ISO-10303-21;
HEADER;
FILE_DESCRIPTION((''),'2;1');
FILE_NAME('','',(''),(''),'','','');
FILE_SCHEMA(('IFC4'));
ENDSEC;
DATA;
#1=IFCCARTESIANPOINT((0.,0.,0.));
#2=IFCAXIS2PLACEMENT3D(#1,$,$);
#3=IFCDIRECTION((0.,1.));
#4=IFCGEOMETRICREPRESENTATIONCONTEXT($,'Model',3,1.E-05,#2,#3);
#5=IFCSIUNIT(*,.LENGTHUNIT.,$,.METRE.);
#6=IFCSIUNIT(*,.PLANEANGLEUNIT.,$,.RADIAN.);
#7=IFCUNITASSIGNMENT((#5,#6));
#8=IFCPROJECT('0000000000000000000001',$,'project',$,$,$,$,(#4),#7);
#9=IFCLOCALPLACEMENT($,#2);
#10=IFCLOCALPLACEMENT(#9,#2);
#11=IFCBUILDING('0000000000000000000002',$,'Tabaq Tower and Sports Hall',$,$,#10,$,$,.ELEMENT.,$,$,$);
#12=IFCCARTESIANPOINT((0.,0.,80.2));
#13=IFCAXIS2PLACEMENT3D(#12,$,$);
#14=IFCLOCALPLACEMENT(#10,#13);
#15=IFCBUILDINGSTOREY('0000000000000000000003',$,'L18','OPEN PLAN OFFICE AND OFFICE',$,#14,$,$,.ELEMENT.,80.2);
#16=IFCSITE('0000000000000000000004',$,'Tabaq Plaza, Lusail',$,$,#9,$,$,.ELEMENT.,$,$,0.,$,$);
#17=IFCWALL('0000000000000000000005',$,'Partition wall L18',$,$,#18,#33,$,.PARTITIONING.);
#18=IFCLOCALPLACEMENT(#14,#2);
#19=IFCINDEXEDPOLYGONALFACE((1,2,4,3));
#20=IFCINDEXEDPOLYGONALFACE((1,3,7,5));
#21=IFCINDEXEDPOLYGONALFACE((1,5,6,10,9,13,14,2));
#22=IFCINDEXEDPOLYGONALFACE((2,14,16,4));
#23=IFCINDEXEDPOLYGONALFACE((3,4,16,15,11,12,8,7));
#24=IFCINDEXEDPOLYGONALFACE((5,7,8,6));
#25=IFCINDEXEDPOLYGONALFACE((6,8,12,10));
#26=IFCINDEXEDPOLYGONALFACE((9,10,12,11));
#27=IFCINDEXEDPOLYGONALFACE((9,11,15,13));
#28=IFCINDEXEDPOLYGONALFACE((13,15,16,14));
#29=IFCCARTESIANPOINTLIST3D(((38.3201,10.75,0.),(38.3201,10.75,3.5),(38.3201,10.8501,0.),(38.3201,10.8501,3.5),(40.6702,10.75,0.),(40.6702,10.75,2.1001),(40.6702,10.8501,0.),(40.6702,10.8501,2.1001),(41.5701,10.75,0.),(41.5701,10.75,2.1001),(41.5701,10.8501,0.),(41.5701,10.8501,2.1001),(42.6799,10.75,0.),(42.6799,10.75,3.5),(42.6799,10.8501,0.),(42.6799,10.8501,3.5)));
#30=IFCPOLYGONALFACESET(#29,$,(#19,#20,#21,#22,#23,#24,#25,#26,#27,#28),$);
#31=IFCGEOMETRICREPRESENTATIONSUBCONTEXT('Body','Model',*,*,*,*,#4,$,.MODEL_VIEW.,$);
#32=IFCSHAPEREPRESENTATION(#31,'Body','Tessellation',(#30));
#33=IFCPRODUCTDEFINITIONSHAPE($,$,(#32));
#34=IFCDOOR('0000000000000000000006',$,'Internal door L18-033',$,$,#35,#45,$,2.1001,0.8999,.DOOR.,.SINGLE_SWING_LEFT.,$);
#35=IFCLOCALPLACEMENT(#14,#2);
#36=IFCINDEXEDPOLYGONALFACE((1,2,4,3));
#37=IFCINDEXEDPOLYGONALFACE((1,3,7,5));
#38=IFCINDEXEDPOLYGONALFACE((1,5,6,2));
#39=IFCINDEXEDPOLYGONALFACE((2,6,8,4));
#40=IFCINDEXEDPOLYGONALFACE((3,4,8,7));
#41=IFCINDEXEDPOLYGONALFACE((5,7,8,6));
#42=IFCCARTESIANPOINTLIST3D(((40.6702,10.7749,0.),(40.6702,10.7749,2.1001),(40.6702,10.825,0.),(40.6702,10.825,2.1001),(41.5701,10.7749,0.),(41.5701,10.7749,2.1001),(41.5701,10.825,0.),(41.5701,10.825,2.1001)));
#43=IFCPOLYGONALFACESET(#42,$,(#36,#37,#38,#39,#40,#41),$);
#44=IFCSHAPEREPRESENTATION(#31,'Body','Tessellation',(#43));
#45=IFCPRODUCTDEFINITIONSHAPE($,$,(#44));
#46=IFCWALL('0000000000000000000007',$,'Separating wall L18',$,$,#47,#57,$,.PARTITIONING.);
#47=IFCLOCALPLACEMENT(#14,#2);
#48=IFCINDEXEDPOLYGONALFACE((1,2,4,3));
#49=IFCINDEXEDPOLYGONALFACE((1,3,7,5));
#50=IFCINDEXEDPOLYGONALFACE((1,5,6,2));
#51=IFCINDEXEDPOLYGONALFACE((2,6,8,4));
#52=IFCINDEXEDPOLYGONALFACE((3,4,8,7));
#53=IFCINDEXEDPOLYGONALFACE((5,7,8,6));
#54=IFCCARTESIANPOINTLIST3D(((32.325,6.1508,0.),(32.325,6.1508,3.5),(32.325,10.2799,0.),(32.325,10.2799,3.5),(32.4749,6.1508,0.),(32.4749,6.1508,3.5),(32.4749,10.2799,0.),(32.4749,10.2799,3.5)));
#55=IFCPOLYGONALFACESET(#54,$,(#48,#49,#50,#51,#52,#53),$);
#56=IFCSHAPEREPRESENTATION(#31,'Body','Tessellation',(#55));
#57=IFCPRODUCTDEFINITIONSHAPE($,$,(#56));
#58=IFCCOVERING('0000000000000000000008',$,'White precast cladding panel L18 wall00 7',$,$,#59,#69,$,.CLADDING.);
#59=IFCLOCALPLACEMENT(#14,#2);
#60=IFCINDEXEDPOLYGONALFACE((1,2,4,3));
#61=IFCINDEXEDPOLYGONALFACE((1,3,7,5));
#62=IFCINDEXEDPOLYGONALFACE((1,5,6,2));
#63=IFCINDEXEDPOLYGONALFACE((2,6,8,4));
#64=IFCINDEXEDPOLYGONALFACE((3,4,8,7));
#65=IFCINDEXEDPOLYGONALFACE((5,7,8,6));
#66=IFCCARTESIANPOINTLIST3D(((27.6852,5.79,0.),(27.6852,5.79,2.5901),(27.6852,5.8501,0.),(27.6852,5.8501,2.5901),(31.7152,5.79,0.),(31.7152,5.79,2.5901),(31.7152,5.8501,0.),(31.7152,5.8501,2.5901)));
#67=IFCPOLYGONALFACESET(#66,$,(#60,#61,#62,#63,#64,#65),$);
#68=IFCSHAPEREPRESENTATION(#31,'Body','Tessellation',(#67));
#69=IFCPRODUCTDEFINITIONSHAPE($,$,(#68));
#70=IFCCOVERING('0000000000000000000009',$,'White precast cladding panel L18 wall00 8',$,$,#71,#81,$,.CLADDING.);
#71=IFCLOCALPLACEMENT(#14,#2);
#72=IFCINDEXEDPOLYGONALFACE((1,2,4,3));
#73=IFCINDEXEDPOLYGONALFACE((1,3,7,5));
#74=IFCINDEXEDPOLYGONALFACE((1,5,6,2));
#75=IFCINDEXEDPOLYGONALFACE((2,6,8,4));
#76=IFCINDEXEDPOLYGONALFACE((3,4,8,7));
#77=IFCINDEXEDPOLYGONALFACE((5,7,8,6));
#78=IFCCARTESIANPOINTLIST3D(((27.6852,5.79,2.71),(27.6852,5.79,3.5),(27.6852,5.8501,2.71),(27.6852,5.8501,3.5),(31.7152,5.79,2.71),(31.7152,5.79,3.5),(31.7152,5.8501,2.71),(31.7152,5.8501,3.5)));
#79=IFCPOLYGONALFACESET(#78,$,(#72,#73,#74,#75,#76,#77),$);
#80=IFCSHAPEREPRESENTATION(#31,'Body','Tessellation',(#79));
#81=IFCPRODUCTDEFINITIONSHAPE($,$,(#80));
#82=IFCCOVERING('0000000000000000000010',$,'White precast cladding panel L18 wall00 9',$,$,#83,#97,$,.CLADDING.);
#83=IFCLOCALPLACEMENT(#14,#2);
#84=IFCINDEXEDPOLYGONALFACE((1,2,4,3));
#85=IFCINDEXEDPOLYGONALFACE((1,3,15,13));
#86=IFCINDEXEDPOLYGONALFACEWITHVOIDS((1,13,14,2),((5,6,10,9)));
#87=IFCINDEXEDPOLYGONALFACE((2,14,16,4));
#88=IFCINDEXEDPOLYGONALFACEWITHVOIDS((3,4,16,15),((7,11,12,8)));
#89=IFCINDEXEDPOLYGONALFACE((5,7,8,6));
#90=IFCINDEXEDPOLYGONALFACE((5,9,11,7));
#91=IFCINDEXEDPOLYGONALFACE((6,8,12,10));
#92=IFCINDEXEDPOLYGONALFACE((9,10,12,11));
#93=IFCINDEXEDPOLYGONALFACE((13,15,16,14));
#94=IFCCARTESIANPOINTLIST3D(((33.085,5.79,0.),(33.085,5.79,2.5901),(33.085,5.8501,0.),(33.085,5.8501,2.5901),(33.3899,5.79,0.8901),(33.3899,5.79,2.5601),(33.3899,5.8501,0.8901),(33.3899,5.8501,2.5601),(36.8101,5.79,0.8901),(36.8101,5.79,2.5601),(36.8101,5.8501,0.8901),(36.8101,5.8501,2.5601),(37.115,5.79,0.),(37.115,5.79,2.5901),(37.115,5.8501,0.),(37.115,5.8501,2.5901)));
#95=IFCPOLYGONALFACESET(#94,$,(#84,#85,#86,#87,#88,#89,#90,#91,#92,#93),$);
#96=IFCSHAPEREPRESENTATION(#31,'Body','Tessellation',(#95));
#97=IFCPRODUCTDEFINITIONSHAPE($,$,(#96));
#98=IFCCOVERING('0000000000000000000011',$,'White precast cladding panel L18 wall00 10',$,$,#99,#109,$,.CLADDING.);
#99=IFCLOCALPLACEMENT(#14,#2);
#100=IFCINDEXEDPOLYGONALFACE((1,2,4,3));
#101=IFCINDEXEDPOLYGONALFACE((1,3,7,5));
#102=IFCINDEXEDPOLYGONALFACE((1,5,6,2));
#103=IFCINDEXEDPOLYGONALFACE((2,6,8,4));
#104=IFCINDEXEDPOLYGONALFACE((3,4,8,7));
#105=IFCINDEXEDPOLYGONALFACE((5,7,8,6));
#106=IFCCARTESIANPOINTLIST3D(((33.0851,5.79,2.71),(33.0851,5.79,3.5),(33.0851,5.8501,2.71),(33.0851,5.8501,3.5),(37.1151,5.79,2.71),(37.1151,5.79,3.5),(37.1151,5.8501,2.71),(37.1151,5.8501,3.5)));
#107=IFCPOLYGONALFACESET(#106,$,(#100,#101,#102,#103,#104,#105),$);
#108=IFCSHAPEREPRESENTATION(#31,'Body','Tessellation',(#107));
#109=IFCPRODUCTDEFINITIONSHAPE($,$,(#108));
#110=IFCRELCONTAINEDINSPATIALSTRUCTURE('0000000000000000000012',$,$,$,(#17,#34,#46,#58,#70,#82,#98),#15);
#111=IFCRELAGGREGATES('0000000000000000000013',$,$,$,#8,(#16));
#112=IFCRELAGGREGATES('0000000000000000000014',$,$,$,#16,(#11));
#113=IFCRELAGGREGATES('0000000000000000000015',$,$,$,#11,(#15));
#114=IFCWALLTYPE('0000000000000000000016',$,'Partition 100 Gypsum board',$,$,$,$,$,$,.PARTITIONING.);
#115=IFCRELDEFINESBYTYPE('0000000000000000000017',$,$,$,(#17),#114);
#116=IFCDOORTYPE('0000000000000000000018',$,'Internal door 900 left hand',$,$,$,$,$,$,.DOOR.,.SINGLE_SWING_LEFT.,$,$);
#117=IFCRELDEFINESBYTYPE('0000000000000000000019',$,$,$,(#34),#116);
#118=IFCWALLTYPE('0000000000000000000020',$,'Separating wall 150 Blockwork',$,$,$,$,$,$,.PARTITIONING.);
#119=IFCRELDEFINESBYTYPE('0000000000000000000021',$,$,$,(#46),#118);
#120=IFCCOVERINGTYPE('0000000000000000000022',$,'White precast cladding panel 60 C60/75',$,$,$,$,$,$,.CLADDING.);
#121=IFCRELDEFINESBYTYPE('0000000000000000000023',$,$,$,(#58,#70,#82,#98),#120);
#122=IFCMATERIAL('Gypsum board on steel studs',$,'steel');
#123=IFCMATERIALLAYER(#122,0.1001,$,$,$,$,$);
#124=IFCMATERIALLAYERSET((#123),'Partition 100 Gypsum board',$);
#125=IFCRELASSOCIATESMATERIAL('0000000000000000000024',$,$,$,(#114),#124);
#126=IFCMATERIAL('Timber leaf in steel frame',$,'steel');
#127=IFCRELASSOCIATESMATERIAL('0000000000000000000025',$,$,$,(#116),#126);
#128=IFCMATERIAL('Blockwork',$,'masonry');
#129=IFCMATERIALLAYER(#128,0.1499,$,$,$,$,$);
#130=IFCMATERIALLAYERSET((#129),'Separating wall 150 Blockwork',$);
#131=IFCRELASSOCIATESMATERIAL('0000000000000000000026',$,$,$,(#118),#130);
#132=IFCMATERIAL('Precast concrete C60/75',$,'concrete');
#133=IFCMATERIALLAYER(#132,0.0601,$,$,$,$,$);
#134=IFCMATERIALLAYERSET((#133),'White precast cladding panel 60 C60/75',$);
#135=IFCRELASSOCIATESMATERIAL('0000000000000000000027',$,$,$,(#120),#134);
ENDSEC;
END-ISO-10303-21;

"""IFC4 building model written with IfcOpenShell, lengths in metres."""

from ifc_helpers import new_model, si_unit, direction, frame, frame_2d, origin, place, context, subcontext, project, spatial, polyline, rectangle, outline, extrude, material, layer, layer_set, type_object, element, fill, save


model = new_model("IFC4")

# Units and contexts
model_context = context("Model", 3, precision=1e-05, world=origin(), true_north=direction((0.0, 1.0)))
body_context = subcontext(model_context, "Body", "Model", "MODEL_VIEW")
ifc_project = project(units=[si_unit("LENGTHUNIT", "METRE"), si_unit("PLANEANGLEUNIT", "RADIAN")], contexts=[model_context])

# Site, building, storey
site_placement = place(None, origin())
site = spatial("IfcSite", under=ifc_project, at=site_placement, Name="Tabaq Plaza, Lusail", CompositionType="ELEMENT", RefElevation=0.0)
building_placement = place(site_placement, origin())
building = spatial("IfcBuilding", under=site, at=building_placement, Name="Tabaq Tower and Sports Hall", CompositionType="ELEMENT")
storey_placement = place(building_placement, frame((0.0, 0.0, 80.2)))
storey = spatial("IfcBuildingStorey", under=building, at=storey_placement, Name="L18", Description="OPEN PLAN OFFICE AND OFFICE", CompositionType="ELEMENT", Elevation=80.2)

# Shared definitions
ifc_material_1 = material(Name="Gypsum board on steel studs", Category="steel")
ifc_layer_1 = layer(ifc_material_1, 0.1001)
ifc_layer_set_1 = layer_set([ifc_layer_1], Name="Partition 100 Gypsum board")
wall_type_1 = type_object("IfcWallType", Name="Partition 100 Gypsum board", PredefinedType="PARTITIONING", material=ifc_layer_set_1)

# Wall, opening, door
wall_1_placement = place(storey_placement, frame((38.3201, 10.8, 0.0), z_axis=(0.0, 0.0, 1.0), x_axis=(1.0, 0.0, 0.0)))
wall_1 = element("IfcWall", 1, at=wall_1_placement, inside=storey, type_object=wall_type_1, Name="Partition wall L18", PredefinedType="PARTITIONING", context=body_context, shape_type="SweptSolid", body=[
    extrude(rectangle(XDim=4.3599, YDim=0.1001, at=frame_2d((2.1799, 0.0))), origin(), (0.0, 0.0, 1.0), 3.5),
])
opening_1_placement = place(wall_1_placement, frame((2.3501, 0.0, 0.0)))
opening_1 = element("IfcOpeningElement", 2, at=opening_1_placement, cuts=wall_1, PredefinedType="OPENING", context=body_context, shape_type="SweptSolid", body=[
    extrude(rectangle(XDim=0.8999, YDim=2.1001, at=frame_2d((0.45, 1.05))), frame((0.0, 0.05, 0.0), z_axis=(0.0, -1.0, 0.0), x_axis=(1.0, 0.0, 0.0)), (0.0, 0.0, 1.0), 0.1001),
])
ifc_material_2 = material(Name="Timber leaf in steel frame", Category="steel")
door_type_1 = type_object("IfcDoorType", Name="Internal door 900 left hand", OperationType="SINGLE_SWING_LEFT", PredefinedType="DOOR", material=ifc_material_2)
door_1_placement = place(opening_1_placement, origin())
door_1 = element("IfcDoor", 3, at=door_1_placement, inside=storey, type_object=door_type_1, Name="Internal door L18-033", OperationType="SINGLE_SWING_LEFT", OverallHeight=2.1001, OverallWidth=0.8999, PredefinedType="DOOR", context=body_context, shape_type="SweptSolid", body=[
    extrude(rectangle(XDim=0.8999, YDim=2.1001, at=frame_2d((0.45, 1.05))), frame((0.0, 0.0249, 0.0), z_axis=(0.0, -1.0, 0.0), x_axis=(1.0, 0.0, 0.0)), (0.0, 0.0, 1.0), 0.05),
])
fill(opening_1, door_1)

# Wall
ifc_material_3 = material(Name="Blockwork", Category="masonry")
ifc_layer_2 = layer(ifc_material_3, 0.1499)
ifc_layer_set_2 = layer_set([ifc_layer_2], Name="Separating wall 150 Blockwork")
wall_type_2 = type_object("IfcWallType", Name="Separating wall 150 Blockwork", PredefinedType="PARTITIONING", material=ifc_layer_set_2)
wall_2_placement = place(storey_placement, frame((32.3999, 6.1509, 0.0), z_axis=(0.0, 0.0, 1.0), x_axis=(0.0, 1.0, 0.0)))
element("IfcWall", 4, at=wall_2_placement, inside=storey, type_object=wall_type_2, Name="Separating wall L18", PredefinedType="PARTITIONING", context=body_context, shape_type="SweptSolid", body=[
    extrude(rectangle(XDim=4.1292, YDim=0.1499, at=frame_2d((2.0645, 0.0))), origin(), (0.0, 0.0, 1.0), 3.5),
])

# Coverings
ifc_material_4 = material(Name="Precast concrete C60/75", Category="concrete")
ifc_layer_3 = layer(ifc_material_4, 0.0601)
ifc_layer_set_3 = layer_set([ifc_layer_3], Name="White precast cladding panel 60 C60/75")
covering_type = type_object("IfcCoveringType", Name="White precast cladding panel 60 C60/75", PredefinedType="CLADDING", material=ifc_layer_set_3)
covering_1_placement = place(storey_placement, frame((27.6851, 5.8201, 0.0), z_axis=(0.0, 0.0, 1.0), x_axis=(1.0, 0.0, 0.0)))
element("IfcCovering", 5, at=covering_1_placement, inside=storey, type_object=covering_type, Name="White precast cladding panel L18 wall00 7", PredefinedType="CLADDING", context=body_context, shape_type="SweptSolid", body=[
    extrude(rectangle(XDim=4.03, YDim=0.0601, at=frame_2d((2.0151, 0.0))), origin(), (0.0, 0.0, 1.0), 2.5901),
])
covering_2_placement = place(storey_placement, frame((27.6851, 5.8201, 2.71), z_axis=(0.0, 0.0, 1.0), x_axis=(1.0, 0.0, 0.0)))
element("IfcCovering", 6, at=covering_2_placement, inside=storey, type_object=covering_type, Name="White precast cladding panel L18 wall00 8", PredefinedType="CLADDING", context=body_context, shape_type="SweptSolid", body=[
    extrude(rectangle(XDim=4.03, YDim=0.0601, at=frame_2d((2.0151, 0.0))), origin(), (0.0, 0.0, 1.0), 0.79),
])
covering_3_placement = place(storey_placement, frame((33.085, 5.8201, 0.0), z_axis=(0.0, 0.0, 1.0), x_axis=(1.0, 0.0, 0.0)))
element("IfcCovering", 7, at=covering_3_placement, inside=storey, type_object=covering_type, Name="White precast cladding panel L18 wall00 9", PredefinedType="CLADDING", context=body_context, shape_type="SweptSolid", body=[
    extrude(outline(polyline([(0.0, 0.0), (4.03, 0.0), (4.03, 2.5901), (0.0, 2.5901), (0.0, 0.0)]), holes=[polyline([(3.7251, 0.8901), (0.3049, 0.8901), (0.3049, 2.5601), (3.7251, 2.5601), (3.7251, 0.8901)])]), frame((0.0, 0.03, 0.0), z_axis=(0.0, -1.0, 0.0), x_axis=(1.0, 0.0, 0.0)), (0.0, 0.0, 1.0), 0.0601),
])
covering_4_placement = place(storey_placement, frame((33.085, 5.8201, 2.71), z_axis=(0.0, 0.0, 1.0), x_axis=(1.0, 0.0, 0.0)))
element("IfcCovering", 8, at=covering_4_placement, inside=storey, type_object=covering_type, Name="White precast cladding panel L18 wall00 10", PredefinedType="CLADDING", context=body_context, shape_type="SweptSolid", body=[
    extrude(rectangle(XDim=4.03, YDim=0.0601, at=frame_2d((2.0151, 0.0))), origin(), (0.0, 0.0, 1.0), 0.79),
])

save(model, "model.ifc")
